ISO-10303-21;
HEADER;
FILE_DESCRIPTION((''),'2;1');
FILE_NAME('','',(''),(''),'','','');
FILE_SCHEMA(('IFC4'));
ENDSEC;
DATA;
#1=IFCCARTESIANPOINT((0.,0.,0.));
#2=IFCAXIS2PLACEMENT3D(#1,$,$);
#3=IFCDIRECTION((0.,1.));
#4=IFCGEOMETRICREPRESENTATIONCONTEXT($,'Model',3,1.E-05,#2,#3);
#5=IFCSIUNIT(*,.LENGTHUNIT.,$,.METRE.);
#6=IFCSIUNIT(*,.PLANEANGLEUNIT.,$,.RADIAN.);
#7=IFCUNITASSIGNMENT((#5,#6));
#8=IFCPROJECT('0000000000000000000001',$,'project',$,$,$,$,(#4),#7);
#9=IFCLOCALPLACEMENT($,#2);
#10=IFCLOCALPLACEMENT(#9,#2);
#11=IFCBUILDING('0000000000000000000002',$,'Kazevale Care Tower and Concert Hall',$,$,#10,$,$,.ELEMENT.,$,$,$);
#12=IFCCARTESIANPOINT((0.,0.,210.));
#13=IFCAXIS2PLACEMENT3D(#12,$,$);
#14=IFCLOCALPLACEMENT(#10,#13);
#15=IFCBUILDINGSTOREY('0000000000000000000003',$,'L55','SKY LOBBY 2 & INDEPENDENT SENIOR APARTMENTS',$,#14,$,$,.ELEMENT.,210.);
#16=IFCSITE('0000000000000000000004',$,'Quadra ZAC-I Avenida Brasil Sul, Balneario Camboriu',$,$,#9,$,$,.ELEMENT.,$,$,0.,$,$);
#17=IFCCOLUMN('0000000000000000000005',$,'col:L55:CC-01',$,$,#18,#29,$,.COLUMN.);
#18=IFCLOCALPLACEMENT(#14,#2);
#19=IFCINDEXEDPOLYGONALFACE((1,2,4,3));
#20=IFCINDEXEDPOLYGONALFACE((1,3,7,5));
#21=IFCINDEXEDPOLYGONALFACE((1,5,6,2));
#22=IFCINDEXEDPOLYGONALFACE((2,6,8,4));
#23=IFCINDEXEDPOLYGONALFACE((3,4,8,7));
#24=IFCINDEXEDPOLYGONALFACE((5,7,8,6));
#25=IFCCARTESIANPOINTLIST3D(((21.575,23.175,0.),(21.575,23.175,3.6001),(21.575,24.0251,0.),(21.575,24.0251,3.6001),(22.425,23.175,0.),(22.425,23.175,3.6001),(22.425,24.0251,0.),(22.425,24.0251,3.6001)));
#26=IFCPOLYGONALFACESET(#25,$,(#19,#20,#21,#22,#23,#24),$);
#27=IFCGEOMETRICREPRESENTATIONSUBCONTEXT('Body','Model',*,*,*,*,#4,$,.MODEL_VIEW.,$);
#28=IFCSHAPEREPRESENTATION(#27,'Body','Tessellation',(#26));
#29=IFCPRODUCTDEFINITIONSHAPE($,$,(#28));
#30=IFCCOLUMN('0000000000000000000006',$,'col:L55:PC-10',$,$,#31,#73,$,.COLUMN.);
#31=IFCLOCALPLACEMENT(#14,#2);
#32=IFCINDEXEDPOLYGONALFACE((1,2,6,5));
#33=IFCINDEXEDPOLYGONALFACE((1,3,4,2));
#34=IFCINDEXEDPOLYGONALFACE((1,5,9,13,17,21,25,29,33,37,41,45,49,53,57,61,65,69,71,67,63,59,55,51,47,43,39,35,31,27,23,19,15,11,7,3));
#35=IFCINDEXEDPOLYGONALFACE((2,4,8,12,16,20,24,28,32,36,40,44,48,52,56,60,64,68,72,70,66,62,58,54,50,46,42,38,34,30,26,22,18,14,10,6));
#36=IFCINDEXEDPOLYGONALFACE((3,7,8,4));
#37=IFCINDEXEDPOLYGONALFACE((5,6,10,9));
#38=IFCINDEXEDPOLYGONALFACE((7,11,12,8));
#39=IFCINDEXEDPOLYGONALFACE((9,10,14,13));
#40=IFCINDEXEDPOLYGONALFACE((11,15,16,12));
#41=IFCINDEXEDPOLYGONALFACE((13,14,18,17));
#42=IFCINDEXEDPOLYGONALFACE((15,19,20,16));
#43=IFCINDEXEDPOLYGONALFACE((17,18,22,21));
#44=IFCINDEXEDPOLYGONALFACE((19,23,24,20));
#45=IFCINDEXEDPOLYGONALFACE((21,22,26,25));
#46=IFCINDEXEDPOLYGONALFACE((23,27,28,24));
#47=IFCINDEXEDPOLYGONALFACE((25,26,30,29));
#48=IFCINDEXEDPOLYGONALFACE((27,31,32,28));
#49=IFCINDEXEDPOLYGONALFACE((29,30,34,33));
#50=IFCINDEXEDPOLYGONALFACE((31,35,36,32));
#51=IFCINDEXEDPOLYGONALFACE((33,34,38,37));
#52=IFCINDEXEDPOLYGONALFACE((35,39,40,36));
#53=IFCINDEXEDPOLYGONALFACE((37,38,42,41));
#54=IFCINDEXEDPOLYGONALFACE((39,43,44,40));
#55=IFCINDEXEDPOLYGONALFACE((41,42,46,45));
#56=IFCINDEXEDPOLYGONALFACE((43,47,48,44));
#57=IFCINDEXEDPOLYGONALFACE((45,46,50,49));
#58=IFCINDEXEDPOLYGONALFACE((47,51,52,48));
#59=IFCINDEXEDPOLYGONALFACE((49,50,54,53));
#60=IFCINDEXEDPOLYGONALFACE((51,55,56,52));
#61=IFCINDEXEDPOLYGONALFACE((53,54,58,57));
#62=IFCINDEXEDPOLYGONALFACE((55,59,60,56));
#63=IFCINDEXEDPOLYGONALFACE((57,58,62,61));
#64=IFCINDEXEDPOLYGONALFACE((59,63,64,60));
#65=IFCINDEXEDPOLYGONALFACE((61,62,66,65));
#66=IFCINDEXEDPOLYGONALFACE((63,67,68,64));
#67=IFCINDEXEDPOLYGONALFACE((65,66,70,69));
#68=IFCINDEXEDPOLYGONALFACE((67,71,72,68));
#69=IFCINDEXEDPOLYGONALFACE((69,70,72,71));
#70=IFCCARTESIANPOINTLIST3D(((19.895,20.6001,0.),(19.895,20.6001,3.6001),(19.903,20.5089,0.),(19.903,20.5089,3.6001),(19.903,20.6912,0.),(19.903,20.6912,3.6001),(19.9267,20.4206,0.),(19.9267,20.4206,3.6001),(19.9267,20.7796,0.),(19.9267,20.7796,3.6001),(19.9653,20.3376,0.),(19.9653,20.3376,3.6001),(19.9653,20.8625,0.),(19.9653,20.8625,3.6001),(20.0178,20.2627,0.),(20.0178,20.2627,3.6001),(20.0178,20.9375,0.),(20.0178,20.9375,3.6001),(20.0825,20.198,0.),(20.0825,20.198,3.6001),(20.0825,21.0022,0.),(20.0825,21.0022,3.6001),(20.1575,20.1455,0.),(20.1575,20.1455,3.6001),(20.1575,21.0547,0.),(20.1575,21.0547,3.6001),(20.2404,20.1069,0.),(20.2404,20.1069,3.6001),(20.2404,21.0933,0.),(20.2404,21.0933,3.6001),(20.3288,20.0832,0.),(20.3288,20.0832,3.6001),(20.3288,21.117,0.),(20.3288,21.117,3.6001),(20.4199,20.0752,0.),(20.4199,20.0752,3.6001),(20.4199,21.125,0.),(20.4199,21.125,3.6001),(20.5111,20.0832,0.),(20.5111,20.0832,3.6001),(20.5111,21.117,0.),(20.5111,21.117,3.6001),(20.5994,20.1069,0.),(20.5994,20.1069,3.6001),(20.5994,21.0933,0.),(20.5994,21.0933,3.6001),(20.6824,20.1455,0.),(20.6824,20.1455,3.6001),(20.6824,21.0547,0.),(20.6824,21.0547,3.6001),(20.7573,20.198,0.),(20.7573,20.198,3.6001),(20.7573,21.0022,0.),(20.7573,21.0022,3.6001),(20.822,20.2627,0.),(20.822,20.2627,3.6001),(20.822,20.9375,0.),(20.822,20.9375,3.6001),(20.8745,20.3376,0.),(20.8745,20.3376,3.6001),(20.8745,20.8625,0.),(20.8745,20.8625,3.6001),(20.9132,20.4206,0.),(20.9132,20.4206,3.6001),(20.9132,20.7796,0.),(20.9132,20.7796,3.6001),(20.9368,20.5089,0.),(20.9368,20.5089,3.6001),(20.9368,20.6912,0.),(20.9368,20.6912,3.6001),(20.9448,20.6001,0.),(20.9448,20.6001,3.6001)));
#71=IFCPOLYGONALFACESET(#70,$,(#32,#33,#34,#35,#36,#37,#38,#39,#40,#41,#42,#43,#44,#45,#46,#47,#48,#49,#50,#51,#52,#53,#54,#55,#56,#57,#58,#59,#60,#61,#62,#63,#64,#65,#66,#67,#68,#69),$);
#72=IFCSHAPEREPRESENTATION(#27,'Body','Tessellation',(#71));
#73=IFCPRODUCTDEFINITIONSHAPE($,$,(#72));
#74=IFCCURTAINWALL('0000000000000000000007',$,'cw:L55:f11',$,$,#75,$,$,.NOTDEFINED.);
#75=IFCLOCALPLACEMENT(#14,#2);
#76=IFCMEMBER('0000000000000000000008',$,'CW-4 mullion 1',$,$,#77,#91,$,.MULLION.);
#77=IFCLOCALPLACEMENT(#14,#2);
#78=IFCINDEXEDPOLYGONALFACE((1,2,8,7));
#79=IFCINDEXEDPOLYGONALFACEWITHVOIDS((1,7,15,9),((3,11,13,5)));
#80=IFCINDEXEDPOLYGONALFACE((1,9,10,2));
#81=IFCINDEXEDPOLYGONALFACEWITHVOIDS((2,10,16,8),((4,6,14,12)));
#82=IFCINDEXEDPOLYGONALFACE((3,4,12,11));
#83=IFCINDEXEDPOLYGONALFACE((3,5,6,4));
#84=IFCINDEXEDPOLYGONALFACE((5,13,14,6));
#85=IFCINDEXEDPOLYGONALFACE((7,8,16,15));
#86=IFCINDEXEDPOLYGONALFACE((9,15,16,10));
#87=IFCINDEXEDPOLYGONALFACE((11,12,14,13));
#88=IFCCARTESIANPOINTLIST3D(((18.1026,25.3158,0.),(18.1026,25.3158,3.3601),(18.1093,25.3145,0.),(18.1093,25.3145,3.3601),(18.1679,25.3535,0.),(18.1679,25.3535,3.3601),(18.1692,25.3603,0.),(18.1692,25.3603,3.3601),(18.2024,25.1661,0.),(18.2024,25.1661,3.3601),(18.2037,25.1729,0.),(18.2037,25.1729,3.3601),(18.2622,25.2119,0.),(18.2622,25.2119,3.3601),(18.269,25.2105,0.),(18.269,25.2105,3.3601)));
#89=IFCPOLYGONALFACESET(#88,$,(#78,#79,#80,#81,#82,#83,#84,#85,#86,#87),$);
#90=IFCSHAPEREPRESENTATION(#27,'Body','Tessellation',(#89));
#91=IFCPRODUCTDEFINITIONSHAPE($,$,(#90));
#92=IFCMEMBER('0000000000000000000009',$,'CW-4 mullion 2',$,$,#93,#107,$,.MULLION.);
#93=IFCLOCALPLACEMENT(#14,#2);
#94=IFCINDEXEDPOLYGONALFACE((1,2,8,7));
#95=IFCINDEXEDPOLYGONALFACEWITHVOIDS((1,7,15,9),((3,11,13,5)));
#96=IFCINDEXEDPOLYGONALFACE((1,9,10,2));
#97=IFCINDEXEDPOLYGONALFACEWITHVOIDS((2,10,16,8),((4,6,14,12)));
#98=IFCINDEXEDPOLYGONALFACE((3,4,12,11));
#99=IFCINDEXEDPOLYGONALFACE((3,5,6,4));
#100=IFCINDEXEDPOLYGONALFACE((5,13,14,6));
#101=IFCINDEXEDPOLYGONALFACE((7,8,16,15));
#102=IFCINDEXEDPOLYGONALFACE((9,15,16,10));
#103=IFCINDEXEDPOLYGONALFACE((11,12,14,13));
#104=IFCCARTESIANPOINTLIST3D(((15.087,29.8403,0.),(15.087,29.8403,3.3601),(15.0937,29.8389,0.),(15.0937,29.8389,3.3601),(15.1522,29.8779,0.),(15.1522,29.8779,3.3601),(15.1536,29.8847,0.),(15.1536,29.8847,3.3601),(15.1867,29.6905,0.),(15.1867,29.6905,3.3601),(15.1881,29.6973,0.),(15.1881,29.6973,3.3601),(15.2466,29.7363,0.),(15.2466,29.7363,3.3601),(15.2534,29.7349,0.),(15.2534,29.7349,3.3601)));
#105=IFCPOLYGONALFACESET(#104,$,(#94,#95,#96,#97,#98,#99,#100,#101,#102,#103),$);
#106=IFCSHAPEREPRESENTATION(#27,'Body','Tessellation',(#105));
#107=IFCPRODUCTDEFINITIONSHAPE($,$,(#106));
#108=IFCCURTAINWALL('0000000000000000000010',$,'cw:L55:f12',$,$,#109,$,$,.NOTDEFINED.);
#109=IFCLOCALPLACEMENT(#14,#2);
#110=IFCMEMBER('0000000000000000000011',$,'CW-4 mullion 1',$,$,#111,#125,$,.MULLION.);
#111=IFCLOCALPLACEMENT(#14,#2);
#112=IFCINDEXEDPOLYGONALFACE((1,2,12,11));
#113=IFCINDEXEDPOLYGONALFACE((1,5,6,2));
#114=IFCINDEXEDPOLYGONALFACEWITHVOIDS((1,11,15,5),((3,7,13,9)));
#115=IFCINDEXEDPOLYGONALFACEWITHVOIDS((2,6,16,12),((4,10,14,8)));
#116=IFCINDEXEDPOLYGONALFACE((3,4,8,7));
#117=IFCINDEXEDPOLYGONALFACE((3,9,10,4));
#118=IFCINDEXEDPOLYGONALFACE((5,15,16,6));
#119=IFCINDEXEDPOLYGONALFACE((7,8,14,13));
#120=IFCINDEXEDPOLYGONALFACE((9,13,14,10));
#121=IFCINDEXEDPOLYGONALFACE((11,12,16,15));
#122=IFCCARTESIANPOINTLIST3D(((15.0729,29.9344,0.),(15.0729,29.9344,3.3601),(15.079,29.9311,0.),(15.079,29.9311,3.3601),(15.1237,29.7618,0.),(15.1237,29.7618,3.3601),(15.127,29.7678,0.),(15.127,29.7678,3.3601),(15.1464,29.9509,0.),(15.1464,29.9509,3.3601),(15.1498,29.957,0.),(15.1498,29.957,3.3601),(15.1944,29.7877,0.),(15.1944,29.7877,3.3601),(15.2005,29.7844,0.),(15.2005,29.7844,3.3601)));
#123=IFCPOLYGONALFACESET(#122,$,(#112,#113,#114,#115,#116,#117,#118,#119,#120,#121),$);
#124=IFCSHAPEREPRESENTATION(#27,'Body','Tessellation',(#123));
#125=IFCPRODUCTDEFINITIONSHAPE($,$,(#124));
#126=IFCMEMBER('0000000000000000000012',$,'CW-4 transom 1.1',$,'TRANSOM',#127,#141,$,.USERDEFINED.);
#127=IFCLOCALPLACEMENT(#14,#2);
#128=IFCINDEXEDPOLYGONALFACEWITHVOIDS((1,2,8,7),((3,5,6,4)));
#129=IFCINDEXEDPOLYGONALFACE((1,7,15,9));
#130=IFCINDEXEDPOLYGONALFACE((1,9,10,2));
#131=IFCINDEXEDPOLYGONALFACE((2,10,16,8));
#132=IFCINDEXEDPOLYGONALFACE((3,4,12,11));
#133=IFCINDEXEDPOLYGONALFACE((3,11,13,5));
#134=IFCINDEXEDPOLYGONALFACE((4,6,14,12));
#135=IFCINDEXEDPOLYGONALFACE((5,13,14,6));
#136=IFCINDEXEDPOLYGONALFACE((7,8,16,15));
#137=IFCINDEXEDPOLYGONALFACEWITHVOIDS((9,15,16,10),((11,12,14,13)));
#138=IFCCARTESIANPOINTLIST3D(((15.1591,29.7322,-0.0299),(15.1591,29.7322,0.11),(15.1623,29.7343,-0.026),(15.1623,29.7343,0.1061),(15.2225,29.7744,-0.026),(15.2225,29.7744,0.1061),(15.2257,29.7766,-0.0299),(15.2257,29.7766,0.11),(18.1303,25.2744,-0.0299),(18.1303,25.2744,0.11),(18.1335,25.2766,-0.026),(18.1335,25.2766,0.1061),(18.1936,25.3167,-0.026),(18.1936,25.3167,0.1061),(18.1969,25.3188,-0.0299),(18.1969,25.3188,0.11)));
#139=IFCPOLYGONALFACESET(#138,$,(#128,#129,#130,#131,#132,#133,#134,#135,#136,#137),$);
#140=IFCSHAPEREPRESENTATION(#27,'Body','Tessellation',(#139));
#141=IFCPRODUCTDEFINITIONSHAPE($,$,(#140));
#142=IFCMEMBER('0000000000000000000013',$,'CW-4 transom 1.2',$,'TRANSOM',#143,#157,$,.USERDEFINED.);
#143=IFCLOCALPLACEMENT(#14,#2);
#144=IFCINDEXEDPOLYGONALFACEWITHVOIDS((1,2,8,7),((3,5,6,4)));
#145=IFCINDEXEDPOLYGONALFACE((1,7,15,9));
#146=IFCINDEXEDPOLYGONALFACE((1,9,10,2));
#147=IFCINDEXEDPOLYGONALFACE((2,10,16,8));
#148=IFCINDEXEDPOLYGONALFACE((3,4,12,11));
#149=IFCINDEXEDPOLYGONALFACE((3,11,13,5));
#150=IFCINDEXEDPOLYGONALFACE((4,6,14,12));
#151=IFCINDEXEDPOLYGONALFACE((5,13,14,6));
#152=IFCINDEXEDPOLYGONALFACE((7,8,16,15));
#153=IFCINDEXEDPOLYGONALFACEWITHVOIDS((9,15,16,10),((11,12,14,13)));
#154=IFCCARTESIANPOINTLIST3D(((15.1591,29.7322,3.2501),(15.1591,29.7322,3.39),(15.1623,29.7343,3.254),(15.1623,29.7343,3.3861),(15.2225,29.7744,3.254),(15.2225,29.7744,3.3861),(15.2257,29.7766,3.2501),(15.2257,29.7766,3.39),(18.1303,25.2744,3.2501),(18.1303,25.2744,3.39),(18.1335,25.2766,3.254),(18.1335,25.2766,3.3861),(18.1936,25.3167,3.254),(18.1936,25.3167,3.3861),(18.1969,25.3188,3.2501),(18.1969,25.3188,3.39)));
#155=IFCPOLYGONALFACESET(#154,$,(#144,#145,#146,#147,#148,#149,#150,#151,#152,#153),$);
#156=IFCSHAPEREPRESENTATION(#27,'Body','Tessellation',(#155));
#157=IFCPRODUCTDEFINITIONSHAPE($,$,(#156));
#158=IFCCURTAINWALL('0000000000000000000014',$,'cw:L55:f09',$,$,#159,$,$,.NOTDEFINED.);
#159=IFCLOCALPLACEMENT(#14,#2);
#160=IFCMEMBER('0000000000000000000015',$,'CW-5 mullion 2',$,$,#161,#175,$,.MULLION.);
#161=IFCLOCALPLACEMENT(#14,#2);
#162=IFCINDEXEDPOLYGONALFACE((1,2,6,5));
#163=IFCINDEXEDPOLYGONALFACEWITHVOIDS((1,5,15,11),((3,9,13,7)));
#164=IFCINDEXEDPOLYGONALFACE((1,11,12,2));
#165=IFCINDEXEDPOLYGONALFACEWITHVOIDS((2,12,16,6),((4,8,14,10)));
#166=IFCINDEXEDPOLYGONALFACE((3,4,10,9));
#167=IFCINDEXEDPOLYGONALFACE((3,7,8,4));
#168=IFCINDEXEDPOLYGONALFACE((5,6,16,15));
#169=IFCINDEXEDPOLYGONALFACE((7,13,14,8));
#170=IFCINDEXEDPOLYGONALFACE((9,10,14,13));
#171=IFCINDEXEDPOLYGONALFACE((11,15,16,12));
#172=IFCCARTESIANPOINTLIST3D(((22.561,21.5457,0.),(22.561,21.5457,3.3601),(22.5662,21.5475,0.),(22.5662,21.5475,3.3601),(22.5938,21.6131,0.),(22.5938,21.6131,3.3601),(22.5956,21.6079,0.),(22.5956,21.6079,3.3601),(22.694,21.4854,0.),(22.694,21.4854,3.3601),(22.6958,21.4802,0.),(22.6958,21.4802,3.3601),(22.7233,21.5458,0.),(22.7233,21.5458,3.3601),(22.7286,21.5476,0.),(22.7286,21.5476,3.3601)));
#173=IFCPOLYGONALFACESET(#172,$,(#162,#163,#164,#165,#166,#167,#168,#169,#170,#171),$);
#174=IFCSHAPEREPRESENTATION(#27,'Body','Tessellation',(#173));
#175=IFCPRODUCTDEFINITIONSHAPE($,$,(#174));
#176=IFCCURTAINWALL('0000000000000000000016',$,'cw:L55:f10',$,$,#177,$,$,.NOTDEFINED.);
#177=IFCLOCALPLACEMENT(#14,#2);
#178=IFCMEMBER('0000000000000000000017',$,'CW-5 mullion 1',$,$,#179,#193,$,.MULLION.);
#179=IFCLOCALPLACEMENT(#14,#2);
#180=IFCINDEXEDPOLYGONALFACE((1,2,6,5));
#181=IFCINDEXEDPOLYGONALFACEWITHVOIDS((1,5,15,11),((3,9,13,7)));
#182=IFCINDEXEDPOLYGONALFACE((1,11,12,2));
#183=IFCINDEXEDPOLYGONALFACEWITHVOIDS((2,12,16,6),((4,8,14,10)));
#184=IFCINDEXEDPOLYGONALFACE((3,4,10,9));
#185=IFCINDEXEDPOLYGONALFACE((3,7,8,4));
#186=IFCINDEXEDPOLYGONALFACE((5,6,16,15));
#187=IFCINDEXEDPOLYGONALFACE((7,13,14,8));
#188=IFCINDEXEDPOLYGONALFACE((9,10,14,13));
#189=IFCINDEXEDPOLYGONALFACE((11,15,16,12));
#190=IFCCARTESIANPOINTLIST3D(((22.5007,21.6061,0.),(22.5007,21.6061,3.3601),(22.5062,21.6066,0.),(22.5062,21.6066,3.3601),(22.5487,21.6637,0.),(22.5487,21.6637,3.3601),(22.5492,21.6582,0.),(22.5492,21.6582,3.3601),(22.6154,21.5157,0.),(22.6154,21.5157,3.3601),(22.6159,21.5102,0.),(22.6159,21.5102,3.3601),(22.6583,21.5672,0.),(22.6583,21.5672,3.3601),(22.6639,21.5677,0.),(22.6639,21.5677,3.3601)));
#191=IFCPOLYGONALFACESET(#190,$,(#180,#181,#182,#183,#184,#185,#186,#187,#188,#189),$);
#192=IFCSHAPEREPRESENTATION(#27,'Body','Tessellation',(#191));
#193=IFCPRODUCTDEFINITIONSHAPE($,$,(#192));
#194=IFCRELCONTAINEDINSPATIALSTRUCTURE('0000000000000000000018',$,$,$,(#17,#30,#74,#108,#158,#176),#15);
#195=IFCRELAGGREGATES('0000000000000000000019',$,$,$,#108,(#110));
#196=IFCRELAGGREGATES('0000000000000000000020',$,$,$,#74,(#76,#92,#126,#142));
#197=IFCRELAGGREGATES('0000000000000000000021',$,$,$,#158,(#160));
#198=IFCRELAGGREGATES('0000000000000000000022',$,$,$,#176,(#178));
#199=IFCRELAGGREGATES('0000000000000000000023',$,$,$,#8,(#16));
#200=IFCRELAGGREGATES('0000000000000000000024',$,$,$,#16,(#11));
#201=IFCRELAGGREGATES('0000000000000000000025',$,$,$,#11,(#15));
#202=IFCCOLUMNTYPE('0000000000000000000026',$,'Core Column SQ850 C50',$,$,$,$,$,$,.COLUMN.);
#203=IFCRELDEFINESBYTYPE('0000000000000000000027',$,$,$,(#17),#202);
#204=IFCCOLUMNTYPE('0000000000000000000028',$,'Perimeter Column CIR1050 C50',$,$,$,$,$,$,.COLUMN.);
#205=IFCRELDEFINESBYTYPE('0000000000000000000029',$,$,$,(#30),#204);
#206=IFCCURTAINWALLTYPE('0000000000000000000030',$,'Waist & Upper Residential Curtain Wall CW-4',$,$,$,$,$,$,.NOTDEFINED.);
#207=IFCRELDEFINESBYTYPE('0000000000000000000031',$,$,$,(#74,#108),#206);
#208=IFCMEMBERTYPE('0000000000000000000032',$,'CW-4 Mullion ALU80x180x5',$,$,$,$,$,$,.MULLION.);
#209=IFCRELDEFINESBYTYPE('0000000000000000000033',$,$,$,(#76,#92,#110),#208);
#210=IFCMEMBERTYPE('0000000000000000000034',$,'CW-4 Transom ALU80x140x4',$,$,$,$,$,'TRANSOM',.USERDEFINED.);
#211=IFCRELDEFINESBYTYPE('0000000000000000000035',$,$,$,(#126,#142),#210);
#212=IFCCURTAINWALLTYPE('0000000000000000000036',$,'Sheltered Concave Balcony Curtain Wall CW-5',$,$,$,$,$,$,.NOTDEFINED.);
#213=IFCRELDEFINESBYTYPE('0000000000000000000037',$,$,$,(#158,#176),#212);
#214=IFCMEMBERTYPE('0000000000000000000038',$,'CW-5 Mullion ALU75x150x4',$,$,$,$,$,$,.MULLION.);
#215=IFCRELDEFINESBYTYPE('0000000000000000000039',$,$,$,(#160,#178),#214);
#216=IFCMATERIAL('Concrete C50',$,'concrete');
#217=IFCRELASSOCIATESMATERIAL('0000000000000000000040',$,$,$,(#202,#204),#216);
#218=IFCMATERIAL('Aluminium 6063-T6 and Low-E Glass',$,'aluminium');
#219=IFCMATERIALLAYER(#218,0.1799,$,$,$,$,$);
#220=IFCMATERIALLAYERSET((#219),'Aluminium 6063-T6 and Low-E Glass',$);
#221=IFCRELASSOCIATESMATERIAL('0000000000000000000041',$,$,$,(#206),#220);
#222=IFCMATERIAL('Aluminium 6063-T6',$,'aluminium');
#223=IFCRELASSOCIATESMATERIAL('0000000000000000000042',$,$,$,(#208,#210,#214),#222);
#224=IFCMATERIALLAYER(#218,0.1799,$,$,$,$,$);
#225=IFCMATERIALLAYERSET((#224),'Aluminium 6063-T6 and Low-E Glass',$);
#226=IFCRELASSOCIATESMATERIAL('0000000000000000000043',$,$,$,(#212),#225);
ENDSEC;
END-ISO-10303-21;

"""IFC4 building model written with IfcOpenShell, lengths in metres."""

from ifc_helpers import new_model, si_unit, direction, frame, origin, origin_2d, place, context, subcontext, project, spatial, rectangle, hollow_rectangle, circle, extrude, material, layer, layer_set, material_profile, profile_set, type_object, element, aggregate, save


model = new_model("IFC4")

# Units and contexts
model_context = context("Model", 3, precision=1e-05, world=origin(), true_north=direction((0.0, 1.0)))
body_context = subcontext(model_context, "Body", "Model", "MODEL_VIEW")
ifc_project = project(units=[si_unit("LENGTHUNIT", "METRE"), si_unit("PLANEANGLEUNIT", "RADIAN")], contexts=[model_context])

# Site, building, storey
site_placement = place(None, origin())
site = spatial("IfcSite", under=ifc_project, at=site_placement, Name="Quadra ZAC-I Avenida Brasil Sul, Balneario Camboriu", CompositionType="ELEMENT", RefElevation=0.0)
building_placement = place(site_placement, origin())
building = spatial("IfcBuilding", under=site, at=building_placement, Name="Kazevale Care Tower and Concert Hall", CompositionType="ELEMENT")
storey_placement = place(building_placement, frame((0.0, 0.0, 210.0)))
storey = spatial("IfcBuildingStorey", under=building, at=storey_placement, Name="L55", Description="SKY LOBBY 2 & INDEPENDENT SENIOR APARTMENTS", CompositionType="ELEMENT", Elevation=210.0)

# Columns
ifc_material_1 = material(Name="Concrete C50", Category="concrete")
ifc_material_profile_1 = material_profile(ifc_material_1, rectangle(XDim=0.8501, YDim=0.8501, at=origin_2d()), Name="RC-SQ850")
ifc_profile_set_1 = profile_set([ifc_material_profile_1], Name="Concrete C50")
column_type_1 = type_object("IfcColumnType", Name="Core Column SQ850 C50", PredefinedType="COLUMN", material=ifc_profile_set_1)
column_1_placement = place(storey_placement, frame((22.0, 23.6001, 0.0), z_axis=(0.0, 0.0, 1.0), x_axis=(1.0, 0.0, 0.0)))
element("IfcColumn", 1, at=column_1_placement, inside=storey, type_object=column_type_1, Name="col:L55:CC-01", PredefinedType="COLUMN", context=body_context, shape_type="SweptSolid", body=[
    extrude(rectangle(XDim=0.8501, YDim=0.8501, at=origin_2d()), origin(), (0.0, 0.0, 1.0), 3.6001),
])
ifc_material_profile_2 = material_profile(ifc_material_1, circle(Radius=0.5249, at=origin_2d()), Name="RC-CIR1050")
ifc_profile_set_2 = profile_set([ifc_material_profile_2], Name="Concrete C50")
column_type_2 = type_object("IfcColumnType", Name="Perimeter Column CIR1050 C50", PredefinedType="COLUMN", material=ifc_profile_set_2)
column_2_placement = place(storey_placement, frame((20.4199, 20.6001, 0.0), z_axis=(0.0, 0.0, 1.0), x_axis=(1.0, 0.0, 0.0)))
element("IfcColumn", 2, at=column_2_placement, inside=storey, type_object=column_type_2, Name="col:L55:PC-10", PredefinedType="COLUMN", context=body_context, shape_type="SweptSolid", body=[
    extrude(circle(Radius=0.5249, at=origin_2d()), origin(), (0.0, 0.0, 1.0), 3.6001),
])

# Curtain wall, members
ifc_material_2 = material(Name="Aluminium 6063-T6 and Low-E Glass", Category="aluminium")
ifc_layer_1 = layer(ifc_material_2, 0.1799)
ifc_layer_set_1 = layer_set([ifc_layer_1], Name="Aluminium 6063-T6 and Low-E Glass")
curtain_wall_type_1 = type_object("IfcCurtainWallType", Name="Waist & Upper Residential Curtain Wall CW-4", PredefinedType="NOTDEFINED", material=ifc_layer_set_1)
curtain_wall_1_placement = place(storey_placement, origin())
curtain_wall_1 = element("IfcCurtainWall", 3, at=curtain_wall_1_placement, inside=storey, type_object=curtain_wall_type_1, Name="cw:L55:f11", PredefinedType="NOTDEFINED")
ifc_material_3 = material(Name="Aluminium 6063-T6", Category="aluminium")
ifc_material_profile_3 = material_profile(ifc_material_3, hollow_rectangle(XDim=0.0801, YDim=0.1799, WallThickness=0.0049, at=origin_2d()), Name="ALU80x180x5")
ifc_profile_set_3 = profile_set([ifc_material_profile_3], Name="Aluminium 6063-T6")
member_type_1 = type_object("IfcMemberType", Name="CW-4 Mullion ALU80x180x5", PredefinedType="MULLION", material=ifc_profile_set_3)
member_1_placement = place(storey_placement, frame((18.1858, 25.2632, 0.0), z_axis=(0.0, 0.0, 1.0), x_axis=(-0.832106, -0.554617, 0.0)))
member_1 = element("IfcMember", 4, at=member_1_placement, type_object=member_type_1, Name="CW-4 mullion 1", PredefinedType="MULLION", context=body_context, shape_type="SweptSolid", body=[
    extrude(hollow_rectangle(XDim=0.0801, YDim=0.1799, WallThickness=0.0049, at=origin_2d()), origin(), (0.0, 0.0, 1.0), 3.3601),
])
member_2_placement = place(storey_placement, frame((15.1702, 29.7876, 0.0), z_axis=(0.0, 0.0, 1.0), x_axis=(-0.832106, -0.554617, 0.0)))
member_2 = element("IfcMember", 5, at=member_2_placement, type_object=member_type_1, Name="CW-4 mullion 2", PredefinedType="MULLION", context=body_context, shape_type="SweptSolid", body=[
    extrude(hollow_rectangle(XDim=0.0801, YDim=0.1799, WallThickness=0.0049, at=origin_2d()), origin(), (0.0, 0.0, 1.0), 3.3601),
])

# Curtain wall, member
curtain_wall_2_placement = place(storey_placement, origin())
curtain_wall_2 = element("IfcCurtainWall", 6, at=curtain_wall_2_placement, inside=storey, type_object=curtain_wall_type_1, Name="cw:L55:f12", PredefinedType="NOTDEFINED")
member_3_placement = place(storey_placement, frame((15.1367, 29.8594, 0.0), z_axis=(0.0, 0.0, 1.0), x_axis=(-0.959386, -0.282098, 0.0)))
member_3 = element("IfcMember", 7, at=member_3_placement, type_object=member_type_1, Name="CW-4 mullion 1", PredefinedType="MULLION", context=body_context, shape_type="SweptSolid", body=[
    extrude(hollow_rectangle(XDim=0.0801, YDim=0.1799, WallThickness=0.0049, at=origin_2d()), origin(), (0.0, 0.0, 1.0), 3.3601),
])
aggregate(curtain_wall_2, [member_3])

# Members
ifc_material_profile_4 = material_profile(ifc_material_3, hollow_rectangle(XDim=0.0801, YDim=0.1399, WallThickness=0.0039, at=origin_2d()), Name="ALU80x140x4")
ifc_profile_set_4 = profile_set([ifc_material_profile_4], Name="Aluminium 6063-T6")
member_type_2 = type_object("IfcMemberType", Name="CW-4 Transom ALU80x140x4", ElementType="TRANSOM", PredefinedType="USERDEFINED", material=ifc_profile_set_4)
member_4_placement = place(storey_placement, frame((18.1636, 25.2966, 0.04), z_axis=(-0.554616, 0.832106, 0.0), x_axis=(-0.832106, -0.554616, 0.0)))
member_4 = element("IfcMember", 8, at=member_4_placement, type_object=member_type_2, Name="CW-4 transom 1.1", ObjectType="TRANSOM", PredefinedType="USERDEFINED", context=body_context, shape_type="SweptSolid", body=[
    extrude(hollow_rectangle(XDim=0.0801, YDim=0.1399, WallThickness=0.0039, at=origin_2d()), origin(), (0.0, 0.0, 1.0), 5.3572),
])
member_5_placement = place(storey_placement, frame((18.1636, 25.2966, 3.3201), z_axis=(-0.554616, 0.832106, 0.0), x_axis=(-0.832106, -0.554616, 0.0)))
member_5 = element("IfcMember", 9, at=member_5_placement, type_object=member_type_2, Name="CW-4 transom 1.2", ObjectType="TRANSOM", PredefinedType="USERDEFINED", context=body_context, shape_type="SweptSolid", body=[
    extrude(hollow_rectangle(XDim=0.0801, YDim=0.1399, WallThickness=0.0039, at=origin_2d()), origin(), (0.0, 0.0, 1.0), 5.3572),
])

# Curtain wall, member
ifc_layer_2 = layer(ifc_material_2, 0.1799)
ifc_layer_set_2 = layer_set([ifc_layer_2], Name="Aluminium 6063-T6 and Low-E Glass")
curtain_wall_type_2 = type_object("IfcCurtainWallType", Name="Sheltered Concave Balcony Curtain Wall CW-5", PredefinedType="NOTDEFINED", material=ifc_layer_set_2)
curtain_wall_3_placement = place(storey_placement, origin())
curtain_wall_3 = element("IfcCurtainWall", 10, at=curtain_wall_3_placement, inside=storey, type_object=curtain_wall_type_2, Name="cw:L55:f09", PredefinedType="NOTDEFINED")
ifc_material_profile_5 = material_profile(ifc_material_3, hollow_rectangle(XDim=0.075, YDim=0.1499, WallThickness=0.0039, at=origin_2d()), Name="ALU75x150x4")
ifc_profile_set_5 = profile_set([ifc_material_profile_5], Name="Aluminium 6063-T6")
member_type_3 = type_object("IfcMemberType", Name="CW-5 Mullion ALU75x150x4", PredefinedType="MULLION", material=ifc_profile_set_5)
member_6_placement = place(storey_placement, frame((22.6448, 21.5466, 0.0), z_axis=(0.0, 0.0, 1.0), x_axis=(-0.437238, -0.899346, 0.0)))
member_6 = element("IfcMember", 11, at=member_6_placement, type_object=member_type_3, Name="CW-5 mullion 2", PredefinedType="MULLION", context=body_context, shape_type="SweptSolid", body=[
    extrude(hollow_rectangle(XDim=0.075, YDim=0.1499, WallThickness=0.0039, at=origin_2d()), origin(), (0.0, 0.0, 1.0), 3.3601),
])

# Curtain wall, member
curtain_wall_4_placement = place(storey_placement, origin())
curtain_wall_4 = element("IfcCurtainWall", 12, at=curtain_wall_4_placement, inside=storey, type_object=curtain_wall_type_2, Name="cw:L55:f10", PredefinedType="NOTDEFINED")
member_7_placement = place(storey_placement, frame((22.5823, 21.5869, 0.0), z_axis=(0.0, 0.0, 1.0), x_axis=(-0.639961, -0.768407, 0.0)))
member_7 = element("IfcMember", 13, at=member_7_placement, type_object=member_type_3, Name="CW-5 mullion 1", PredefinedType="MULLION", context=body_context, shape_type="SweptSolid", body=[
    extrude(hollow_rectangle(XDim=0.075, YDim=0.1499, WallThickness=0.0039, at=origin_2d()), origin(), (0.0, 0.0, 1.0), 3.3601),
])

aggregate(curtain_wall_1, [member_1, member_2, member_4, member_5])
aggregate(curtain_wall_3, [member_6])
aggregate(curtain_wall_4, [member_7])

save(model, "model.ifc")
